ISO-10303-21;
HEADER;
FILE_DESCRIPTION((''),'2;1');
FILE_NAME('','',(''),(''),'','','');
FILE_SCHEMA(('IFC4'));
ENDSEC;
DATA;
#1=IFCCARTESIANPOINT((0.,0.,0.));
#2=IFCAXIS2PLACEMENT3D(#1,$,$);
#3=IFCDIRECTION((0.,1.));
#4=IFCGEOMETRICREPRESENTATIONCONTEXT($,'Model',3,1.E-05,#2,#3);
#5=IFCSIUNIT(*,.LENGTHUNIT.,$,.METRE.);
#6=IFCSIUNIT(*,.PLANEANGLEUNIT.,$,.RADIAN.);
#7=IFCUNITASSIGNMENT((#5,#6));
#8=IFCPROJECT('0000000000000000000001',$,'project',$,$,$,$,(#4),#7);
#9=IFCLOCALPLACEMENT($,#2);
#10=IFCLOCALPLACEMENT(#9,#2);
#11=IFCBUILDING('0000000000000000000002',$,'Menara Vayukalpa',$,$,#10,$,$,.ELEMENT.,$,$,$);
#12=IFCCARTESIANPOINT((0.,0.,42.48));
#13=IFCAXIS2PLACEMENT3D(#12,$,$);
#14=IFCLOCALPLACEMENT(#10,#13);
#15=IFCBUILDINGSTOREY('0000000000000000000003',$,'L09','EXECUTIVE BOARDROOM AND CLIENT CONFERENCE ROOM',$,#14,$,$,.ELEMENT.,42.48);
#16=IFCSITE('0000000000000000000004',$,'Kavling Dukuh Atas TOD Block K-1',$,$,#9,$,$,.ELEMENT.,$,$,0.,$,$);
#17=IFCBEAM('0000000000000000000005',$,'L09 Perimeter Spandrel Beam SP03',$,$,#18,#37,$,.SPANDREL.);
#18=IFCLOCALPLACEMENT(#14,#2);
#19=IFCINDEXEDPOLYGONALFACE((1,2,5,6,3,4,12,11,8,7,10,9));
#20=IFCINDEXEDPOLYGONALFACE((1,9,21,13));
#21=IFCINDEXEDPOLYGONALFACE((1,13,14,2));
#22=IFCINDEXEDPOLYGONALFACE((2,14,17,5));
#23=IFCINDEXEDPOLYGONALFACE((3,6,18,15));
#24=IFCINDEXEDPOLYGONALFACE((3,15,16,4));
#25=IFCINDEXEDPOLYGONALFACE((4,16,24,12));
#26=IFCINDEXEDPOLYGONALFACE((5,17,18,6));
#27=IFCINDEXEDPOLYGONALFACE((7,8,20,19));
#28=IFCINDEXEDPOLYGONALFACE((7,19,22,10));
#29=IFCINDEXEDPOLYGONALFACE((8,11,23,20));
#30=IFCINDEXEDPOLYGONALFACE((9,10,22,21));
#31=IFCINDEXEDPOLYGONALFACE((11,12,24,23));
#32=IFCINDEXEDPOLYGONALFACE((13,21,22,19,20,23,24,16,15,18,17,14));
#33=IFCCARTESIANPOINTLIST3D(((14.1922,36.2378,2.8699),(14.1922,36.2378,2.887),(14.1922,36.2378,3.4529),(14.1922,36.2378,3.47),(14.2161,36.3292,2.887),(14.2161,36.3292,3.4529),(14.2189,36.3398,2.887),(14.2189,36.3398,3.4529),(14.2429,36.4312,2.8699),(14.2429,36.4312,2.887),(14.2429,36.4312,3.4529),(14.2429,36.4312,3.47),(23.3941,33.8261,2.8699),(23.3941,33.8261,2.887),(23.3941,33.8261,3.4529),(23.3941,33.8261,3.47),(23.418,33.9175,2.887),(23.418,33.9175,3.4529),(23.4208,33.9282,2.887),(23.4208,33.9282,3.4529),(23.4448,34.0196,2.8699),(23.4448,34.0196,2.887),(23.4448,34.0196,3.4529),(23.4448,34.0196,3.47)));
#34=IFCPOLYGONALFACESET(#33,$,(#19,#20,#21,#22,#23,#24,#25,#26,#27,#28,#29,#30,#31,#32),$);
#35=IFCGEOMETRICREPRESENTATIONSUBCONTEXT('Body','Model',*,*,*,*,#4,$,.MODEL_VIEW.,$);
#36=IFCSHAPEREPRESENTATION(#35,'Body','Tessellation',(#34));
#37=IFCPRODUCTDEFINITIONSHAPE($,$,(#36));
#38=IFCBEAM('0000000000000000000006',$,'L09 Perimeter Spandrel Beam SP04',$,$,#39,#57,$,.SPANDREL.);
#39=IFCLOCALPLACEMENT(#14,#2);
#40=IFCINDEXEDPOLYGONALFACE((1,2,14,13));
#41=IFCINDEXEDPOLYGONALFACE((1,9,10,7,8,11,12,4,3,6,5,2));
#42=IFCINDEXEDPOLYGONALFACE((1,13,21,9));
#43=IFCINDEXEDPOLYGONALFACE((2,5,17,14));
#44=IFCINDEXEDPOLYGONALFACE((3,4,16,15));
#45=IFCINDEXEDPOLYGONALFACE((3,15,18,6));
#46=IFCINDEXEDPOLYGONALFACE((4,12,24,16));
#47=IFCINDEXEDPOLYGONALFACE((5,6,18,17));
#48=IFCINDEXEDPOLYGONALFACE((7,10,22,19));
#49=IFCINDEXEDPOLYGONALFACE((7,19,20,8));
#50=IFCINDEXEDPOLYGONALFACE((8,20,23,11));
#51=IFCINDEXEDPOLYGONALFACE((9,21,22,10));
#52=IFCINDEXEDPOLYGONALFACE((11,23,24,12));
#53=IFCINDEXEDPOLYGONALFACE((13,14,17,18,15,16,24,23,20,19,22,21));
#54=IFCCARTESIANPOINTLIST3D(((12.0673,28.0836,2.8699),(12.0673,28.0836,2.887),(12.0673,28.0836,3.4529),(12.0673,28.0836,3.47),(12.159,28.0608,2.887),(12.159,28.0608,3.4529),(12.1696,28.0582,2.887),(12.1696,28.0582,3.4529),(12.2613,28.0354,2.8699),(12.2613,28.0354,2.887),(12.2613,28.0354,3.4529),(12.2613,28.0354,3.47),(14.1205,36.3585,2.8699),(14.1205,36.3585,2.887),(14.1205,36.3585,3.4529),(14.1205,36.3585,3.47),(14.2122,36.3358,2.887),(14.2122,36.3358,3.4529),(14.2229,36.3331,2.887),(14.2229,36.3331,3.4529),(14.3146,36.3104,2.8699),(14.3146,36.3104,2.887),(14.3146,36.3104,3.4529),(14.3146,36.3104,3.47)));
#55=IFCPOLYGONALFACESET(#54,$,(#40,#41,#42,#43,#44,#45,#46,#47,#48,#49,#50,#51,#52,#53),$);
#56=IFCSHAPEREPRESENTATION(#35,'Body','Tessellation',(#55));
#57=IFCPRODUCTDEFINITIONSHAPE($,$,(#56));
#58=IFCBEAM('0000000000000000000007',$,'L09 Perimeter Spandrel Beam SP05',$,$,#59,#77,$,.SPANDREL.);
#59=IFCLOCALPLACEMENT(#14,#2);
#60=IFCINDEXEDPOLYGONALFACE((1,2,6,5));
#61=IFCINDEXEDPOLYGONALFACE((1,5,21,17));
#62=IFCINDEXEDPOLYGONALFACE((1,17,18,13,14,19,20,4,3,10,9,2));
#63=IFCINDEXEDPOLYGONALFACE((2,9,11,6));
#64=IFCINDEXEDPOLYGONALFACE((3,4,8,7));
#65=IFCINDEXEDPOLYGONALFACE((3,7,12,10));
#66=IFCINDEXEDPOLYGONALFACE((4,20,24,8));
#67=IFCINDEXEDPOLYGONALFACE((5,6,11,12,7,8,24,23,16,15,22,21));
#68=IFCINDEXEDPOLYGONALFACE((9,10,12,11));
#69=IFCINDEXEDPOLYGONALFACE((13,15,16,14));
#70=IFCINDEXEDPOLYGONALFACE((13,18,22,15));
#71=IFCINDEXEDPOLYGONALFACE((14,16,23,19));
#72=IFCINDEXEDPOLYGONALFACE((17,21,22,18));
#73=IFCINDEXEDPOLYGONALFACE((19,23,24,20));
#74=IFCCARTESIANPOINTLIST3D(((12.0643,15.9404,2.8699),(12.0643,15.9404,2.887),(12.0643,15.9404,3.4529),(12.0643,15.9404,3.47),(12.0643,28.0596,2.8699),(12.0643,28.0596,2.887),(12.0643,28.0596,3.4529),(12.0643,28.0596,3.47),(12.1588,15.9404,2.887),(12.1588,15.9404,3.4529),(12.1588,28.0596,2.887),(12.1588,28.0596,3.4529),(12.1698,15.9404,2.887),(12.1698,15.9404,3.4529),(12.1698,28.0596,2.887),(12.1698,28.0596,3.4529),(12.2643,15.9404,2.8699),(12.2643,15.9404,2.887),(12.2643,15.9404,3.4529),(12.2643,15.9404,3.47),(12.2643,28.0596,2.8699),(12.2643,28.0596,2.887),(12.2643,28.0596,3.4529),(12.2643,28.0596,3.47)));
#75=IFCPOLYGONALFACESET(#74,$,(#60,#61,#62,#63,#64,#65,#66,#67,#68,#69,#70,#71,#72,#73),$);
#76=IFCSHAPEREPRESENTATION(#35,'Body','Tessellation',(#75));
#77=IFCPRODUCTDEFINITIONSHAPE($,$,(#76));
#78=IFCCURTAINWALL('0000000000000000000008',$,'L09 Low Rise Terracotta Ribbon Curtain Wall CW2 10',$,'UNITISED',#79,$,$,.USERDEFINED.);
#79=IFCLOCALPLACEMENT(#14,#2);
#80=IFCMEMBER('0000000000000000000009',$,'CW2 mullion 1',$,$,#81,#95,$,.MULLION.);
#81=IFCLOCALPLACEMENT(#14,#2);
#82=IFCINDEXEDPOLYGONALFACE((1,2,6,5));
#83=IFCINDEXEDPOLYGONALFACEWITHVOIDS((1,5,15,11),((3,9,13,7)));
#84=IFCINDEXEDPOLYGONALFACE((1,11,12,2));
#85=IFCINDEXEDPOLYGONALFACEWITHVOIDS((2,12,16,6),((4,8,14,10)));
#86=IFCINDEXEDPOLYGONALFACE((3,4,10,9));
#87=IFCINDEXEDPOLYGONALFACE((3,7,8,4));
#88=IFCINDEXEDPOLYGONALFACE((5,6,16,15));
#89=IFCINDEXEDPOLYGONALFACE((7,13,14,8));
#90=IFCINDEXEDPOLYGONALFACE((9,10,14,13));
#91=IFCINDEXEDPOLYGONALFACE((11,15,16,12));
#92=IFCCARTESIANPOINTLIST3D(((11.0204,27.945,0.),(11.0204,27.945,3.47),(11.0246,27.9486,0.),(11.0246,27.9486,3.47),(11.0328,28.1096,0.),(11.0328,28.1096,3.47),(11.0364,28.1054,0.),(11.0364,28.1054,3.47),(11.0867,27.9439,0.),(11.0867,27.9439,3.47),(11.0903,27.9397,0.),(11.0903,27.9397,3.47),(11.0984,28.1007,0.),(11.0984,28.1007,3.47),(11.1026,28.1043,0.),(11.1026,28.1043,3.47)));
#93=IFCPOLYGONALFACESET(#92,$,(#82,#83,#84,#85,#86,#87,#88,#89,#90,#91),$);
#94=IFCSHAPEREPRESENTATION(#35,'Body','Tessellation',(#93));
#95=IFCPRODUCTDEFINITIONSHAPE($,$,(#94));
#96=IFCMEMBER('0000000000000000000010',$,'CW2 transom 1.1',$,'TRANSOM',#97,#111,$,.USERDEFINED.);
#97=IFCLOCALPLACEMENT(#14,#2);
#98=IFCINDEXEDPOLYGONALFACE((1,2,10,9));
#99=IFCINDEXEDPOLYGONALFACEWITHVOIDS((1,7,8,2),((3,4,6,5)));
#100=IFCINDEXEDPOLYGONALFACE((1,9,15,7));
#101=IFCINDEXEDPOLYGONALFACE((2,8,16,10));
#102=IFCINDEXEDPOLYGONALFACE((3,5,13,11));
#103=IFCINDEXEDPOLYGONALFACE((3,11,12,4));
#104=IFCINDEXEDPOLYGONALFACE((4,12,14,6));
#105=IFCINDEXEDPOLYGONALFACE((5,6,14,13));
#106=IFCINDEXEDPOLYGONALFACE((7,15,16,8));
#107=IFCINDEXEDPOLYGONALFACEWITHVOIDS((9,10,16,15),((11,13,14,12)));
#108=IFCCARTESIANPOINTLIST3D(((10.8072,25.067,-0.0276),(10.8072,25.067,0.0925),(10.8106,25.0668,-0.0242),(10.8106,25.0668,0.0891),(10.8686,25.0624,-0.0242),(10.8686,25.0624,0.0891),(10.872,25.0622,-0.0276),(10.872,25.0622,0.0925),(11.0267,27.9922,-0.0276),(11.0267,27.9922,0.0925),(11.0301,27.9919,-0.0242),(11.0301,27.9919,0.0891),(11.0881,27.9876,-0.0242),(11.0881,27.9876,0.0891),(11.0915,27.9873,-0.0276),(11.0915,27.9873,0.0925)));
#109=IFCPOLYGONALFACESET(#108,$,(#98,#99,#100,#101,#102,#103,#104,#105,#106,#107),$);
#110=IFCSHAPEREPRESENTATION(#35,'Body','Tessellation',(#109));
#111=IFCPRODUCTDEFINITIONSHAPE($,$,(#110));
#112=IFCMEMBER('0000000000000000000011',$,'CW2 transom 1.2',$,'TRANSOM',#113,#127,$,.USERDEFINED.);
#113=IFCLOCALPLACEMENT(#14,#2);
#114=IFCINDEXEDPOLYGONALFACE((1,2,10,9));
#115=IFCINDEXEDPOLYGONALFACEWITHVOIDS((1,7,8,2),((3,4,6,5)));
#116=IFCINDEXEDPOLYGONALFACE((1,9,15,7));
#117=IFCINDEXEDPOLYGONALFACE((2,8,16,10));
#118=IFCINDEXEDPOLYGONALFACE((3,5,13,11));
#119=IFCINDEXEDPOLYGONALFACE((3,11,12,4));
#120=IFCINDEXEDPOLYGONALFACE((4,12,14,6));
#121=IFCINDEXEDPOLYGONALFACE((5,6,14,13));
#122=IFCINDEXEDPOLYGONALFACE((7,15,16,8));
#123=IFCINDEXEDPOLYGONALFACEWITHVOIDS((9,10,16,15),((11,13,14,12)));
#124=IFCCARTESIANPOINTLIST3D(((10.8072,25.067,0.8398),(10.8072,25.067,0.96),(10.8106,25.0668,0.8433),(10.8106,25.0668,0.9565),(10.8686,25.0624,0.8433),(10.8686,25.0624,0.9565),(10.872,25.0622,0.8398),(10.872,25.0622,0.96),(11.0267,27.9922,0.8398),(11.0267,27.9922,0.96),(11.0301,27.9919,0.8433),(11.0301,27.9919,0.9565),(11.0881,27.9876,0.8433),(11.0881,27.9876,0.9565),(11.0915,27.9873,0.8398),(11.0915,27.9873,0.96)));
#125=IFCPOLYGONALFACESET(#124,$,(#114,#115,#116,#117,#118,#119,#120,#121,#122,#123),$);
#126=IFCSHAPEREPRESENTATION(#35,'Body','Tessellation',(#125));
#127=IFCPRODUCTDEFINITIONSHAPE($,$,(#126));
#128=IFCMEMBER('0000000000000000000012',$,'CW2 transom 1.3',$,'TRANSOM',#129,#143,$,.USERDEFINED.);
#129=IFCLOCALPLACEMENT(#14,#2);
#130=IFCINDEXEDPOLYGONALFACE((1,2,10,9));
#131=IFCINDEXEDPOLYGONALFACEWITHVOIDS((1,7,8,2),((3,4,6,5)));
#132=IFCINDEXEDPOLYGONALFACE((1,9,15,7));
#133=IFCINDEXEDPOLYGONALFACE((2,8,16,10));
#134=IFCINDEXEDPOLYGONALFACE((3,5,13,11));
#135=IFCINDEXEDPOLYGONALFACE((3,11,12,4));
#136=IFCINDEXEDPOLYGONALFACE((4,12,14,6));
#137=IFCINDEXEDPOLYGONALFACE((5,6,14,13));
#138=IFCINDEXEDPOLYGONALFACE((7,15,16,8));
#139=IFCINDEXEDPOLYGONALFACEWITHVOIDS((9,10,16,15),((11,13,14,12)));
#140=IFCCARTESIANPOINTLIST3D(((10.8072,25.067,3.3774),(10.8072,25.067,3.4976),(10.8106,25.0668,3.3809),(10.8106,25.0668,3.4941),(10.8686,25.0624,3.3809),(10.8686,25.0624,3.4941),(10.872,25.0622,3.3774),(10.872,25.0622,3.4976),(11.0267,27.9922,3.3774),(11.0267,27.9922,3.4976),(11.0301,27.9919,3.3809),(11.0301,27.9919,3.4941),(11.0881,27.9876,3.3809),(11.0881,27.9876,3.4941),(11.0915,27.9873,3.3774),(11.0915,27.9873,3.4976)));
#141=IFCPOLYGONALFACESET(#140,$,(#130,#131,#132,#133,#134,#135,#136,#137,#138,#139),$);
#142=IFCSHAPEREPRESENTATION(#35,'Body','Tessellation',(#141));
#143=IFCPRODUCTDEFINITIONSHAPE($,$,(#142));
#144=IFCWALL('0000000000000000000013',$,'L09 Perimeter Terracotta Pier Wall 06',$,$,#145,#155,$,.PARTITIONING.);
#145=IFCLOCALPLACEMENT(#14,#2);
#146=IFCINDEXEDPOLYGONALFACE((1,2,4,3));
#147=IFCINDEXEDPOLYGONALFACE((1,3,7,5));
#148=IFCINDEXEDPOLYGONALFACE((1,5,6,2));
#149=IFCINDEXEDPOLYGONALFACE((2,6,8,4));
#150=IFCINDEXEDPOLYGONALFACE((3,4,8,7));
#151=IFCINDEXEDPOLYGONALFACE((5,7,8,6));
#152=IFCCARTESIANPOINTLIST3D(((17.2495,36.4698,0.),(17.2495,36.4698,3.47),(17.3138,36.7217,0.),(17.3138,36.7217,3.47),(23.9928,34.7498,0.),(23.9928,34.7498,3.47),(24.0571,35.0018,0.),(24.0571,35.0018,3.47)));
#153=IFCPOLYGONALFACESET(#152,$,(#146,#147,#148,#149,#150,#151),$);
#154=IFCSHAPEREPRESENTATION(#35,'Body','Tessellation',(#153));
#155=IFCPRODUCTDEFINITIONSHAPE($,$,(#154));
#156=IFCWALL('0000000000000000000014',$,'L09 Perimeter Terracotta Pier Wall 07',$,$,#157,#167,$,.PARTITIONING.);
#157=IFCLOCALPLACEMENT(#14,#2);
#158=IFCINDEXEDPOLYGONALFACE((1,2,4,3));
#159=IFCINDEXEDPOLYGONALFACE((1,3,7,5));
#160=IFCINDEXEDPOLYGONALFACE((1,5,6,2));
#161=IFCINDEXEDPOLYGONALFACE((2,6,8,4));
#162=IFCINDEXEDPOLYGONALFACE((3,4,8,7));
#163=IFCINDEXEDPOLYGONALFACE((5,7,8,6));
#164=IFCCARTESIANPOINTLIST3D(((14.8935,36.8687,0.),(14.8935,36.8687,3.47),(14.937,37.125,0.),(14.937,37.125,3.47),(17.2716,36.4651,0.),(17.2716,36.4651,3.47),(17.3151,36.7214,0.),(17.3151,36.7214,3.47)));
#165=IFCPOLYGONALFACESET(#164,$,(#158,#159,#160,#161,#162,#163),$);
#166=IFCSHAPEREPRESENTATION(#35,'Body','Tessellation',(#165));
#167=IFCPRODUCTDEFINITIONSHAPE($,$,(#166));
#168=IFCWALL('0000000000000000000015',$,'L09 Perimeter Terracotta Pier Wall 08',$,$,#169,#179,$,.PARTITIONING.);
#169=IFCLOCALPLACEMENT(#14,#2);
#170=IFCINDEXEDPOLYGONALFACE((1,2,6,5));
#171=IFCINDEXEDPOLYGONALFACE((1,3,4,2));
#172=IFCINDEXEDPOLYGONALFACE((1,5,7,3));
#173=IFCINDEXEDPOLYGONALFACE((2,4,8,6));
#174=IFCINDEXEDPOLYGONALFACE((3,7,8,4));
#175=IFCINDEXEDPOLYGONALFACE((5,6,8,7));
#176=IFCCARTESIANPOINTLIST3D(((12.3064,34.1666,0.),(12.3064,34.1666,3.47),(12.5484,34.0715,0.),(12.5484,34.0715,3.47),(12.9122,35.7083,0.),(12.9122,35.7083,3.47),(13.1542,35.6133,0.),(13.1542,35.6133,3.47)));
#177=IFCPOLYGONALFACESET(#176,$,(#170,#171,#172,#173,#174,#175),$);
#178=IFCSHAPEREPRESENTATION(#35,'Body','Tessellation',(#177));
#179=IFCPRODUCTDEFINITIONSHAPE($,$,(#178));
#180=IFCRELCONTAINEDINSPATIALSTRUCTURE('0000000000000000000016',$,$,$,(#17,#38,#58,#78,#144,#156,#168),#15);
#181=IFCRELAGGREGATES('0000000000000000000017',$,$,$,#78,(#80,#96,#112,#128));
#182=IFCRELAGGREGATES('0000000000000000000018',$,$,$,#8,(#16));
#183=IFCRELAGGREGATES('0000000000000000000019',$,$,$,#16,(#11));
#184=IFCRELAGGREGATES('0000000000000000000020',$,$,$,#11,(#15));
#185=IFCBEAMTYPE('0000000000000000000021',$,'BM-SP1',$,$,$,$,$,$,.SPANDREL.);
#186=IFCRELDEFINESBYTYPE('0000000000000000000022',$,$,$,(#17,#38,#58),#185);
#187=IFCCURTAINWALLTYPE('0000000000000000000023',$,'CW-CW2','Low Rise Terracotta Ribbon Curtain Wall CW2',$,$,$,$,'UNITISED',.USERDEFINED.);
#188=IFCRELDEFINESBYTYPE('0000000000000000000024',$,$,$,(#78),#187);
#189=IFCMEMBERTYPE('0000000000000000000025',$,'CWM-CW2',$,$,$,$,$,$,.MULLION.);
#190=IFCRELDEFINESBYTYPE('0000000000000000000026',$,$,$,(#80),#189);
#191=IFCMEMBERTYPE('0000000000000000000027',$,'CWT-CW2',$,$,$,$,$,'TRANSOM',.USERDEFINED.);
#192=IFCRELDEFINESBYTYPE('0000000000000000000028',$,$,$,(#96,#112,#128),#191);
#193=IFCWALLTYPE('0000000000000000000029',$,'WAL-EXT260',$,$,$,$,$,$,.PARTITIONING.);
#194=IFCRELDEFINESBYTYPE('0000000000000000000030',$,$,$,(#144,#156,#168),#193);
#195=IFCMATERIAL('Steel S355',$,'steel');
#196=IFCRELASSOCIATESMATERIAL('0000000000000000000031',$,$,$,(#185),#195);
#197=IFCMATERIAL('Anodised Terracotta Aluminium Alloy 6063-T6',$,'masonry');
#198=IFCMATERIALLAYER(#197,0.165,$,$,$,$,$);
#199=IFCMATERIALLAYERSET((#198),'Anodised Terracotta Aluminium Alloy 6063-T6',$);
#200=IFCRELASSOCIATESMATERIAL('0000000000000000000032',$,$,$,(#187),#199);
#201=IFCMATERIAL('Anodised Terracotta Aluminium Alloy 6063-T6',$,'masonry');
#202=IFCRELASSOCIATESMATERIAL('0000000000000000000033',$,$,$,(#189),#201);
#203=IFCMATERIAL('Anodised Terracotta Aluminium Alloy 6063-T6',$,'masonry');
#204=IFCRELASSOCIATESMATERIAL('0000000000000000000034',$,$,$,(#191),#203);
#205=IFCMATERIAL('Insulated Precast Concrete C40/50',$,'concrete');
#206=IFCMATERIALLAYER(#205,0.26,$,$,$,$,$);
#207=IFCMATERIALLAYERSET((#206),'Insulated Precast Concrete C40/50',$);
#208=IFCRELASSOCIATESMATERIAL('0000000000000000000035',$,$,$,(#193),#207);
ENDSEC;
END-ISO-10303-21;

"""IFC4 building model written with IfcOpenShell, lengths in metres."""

from ifc_helpers import new_model, si_unit, direction, frame, frame_2d, origin, origin_2d, place, context, subcontext, project, spatial, rectangle, hollow_rectangle, i_section, extrude, material, layer, layer_set, material_profile, profile_set, type_object, element, aggregate, save


model = new_model("IFC4")

# Units and contexts
model_context = context("Model", 3, precision=1e-05, world=origin(), true_north=direction((0.0, 1.0)))
body_context = subcontext(model_context, "Body", "Model", "MODEL_VIEW")
ifc_project = project(units=[si_unit("LENGTHUNIT", "METRE"), si_unit("PLANEANGLEUNIT", "RADIAN")], contexts=[model_context])

# Site, building, storey
site_placement = place(None, origin())
site = spatial("IfcSite", under=ifc_project, at=site_placement, Name="Kavling Dukuh Atas TOD Block K-1", CompositionType="ELEMENT", RefElevation=0.0)
building_placement = place(site_placement, origin())
building = spatial("IfcBuilding", under=site, at=building_placement, Name="Menara Vayukalpa", CompositionType="ELEMENT")
storey_placement = place(building_placement, frame((0.0, 0.0, 42.48)))
storey = spatial("IfcBuildingStorey", under=building, at=storey_placement, Name="L09", Description="EXECUTIVE BOARDROOM AND CLIENT CONFERENCE ROOM", CompositionType="ELEMENT", Elevation=42.48)

# Beams
ifc_material_1 = material(Name="Steel S355", Category="steel")
ifc_material_profile_1 = material_profile(ifc_material_1, i_section(OverallWidth=0.2, OverallDepth=0.6001, WebThickness=0.011, FlangeThickness=0.0171, at=origin_2d()), Name="WF 600x200x11x17")
ifc_profile_set_1 = profile_set([ifc_material_profile_1], Name="Steel S355")
beam_type_1 = type_object("IfcBeamType", Name="BM-SP1", PredefinedType="SPANDREL", material=ifc_profile_set_1)
beam_1_placement = place(storey_placement, frame((23.4194, 33.9229, 3.1699), z_axis=(-0.967331, 0.253517, 0.0), x_axis=(-0.253517, -0.967331, 0.0)))
element("IfcBeam", 1, at=beam_1_placement, inside=storey, type_object=beam_type_1, Name="L09 Perimeter Spandrel Beam SP03", PredefinedType="SPANDREL", context=body_context, shape_type="SweptSolid", body=[
    extrude(i_section(OverallWidth=0.2, OverallDepth=0.6001, WebThickness=0.011, FlangeThickness=0.0171, at=origin_2d()), origin(), (0.0, 0.0, 1.0), 9.5127),
])
beam_2_placement = place(storey_placement, frame((14.2175, 36.3345, 3.1699), z_axis=(-0.240824, -0.970569, 0.0), x_axis=(0.970569, -0.240824, 0.0)))
element("IfcBeam", 2, at=beam_2_placement, inside=storey, type_object=beam_type_1, Name="L09 Perimeter Spandrel Beam SP04", PredefinedType="SPANDREL", context=body_context, shape_type="SweptSolid", body=[
    extrude(i_section(OverallWidth=0.2, OverallDepth=0.6001, WebThickness=0.011, FlangeThickness=0.0171, at=origin_2d()), origin(), (0.0, 0.0, 1.0), 8.5259),
])
beam_3_placement = place(storey_placement, frame((12.1643, 28.0596, 3.1699), z_axis=(0.0, -1.0, 0.0), x_axis=(1.0, 0.0, 0.0)))
element("IfcBeam", 3, at=beam_3_placement, inside=storey, type_object=beam_type_1, Name="L09 Perimeter Spandrel Beam SP05", PredefinedType="SPANDREL", context=body_context, shape_type="SweptSolid", body=[
    extrude(i_section(OverallWidth=0.2, OverallDepth=0.6001, WebThickness=0.011, FlangeThickness=0.0171, at=origin_2d()), origin(), (0.0, 0.0, 1.0), 12.1191),
])

# Curtain wall, members
ifc_material_2 = material(Name="Anodised Terracotta Aluminium Alloy 6063-T6", Category="masonry")
ifc_layer_1 = layer(ifc_material_2, 0.165)
ifc_layer_set_1 = layer_set([ifc_layer_1], Name="Anodised Terracotta Aluminium Alloy 6063-T6")
curtain_wall_type = type_object("IfcCurtainWallType", Name="CW-CW2", Description="Low Rise Terracotta Ribbon Curtain Wall CW2", ElementType="UNITISED", PredefinedType="USERDEFINED", material=ifc_layer_set_1)
curtain_wall_placement = place(storey_placement, origin())
curtain_wall = element("IfcCurtainWall", 4, at=curtain_wall_placement, inside=storey, type_object=curtain_wall_type, Name="L09 Low Rise Terracotta Ribbon Curtain Wall CW2 10", ObjectType="UNITISED", PredefinedType="USERDEFINED")
ifc_material_3 = material(Name="Anodised Terracotta Aluminium Alloy 6063-T6", Category="masonry")
ifc_material_profile_2 = material_profile(ifc_material_3, hollow_rectangle(XDim=0.0701, YDim=0.165, WallThickness=0.0039, at=origin_2d()), Name="ALU 70x165x4")
ifc_profile_set_2 = profile_set([ifc_material_profile_2], Name="Anodised Terracotta Aluminium Alloy 6063-T6")
member_type_1 = type_object("IfcMemberType", Name="CWM-CW2", PredefinedType="MULLION", material=ifc_profile_set_2)
member_1_placement = place(storey_placement, frame((11.0615, 28.0247, 0.0), z_axis=(0.0, 0.0, 1.0), x_axis=(0.997199, -0.074795, 0.0)))
member_1 = element("IfcMember", 5, at=member_1_placement, type_object=member_type_1, Name="CW2 mullion 1", PredefinedType="MULLION", context=body_context, shape_type="SweptSolid", body=[
    extrude(hollow_rectangle(XDim=0.0701, YDim=0.165, WallThickness=0.0039, at=origin_2d()), origin(), (0.0, 0.0, 1.0), 3.47),
])
ifc_material_4 = material(Name="Anodised Terracotta Aluminium Alloy 6063-T6", Category="masonry")
ifc_material_profile_3 = material_profile(ifc_material_4, hollow_rectangle(XDim=0.0649, YDim=0.1201, WallThickness=0.0034, at=origin_2d()), Name="ALU 65x120x3.5")
ifc_profile_set_3 = profile_set([ifc_material_profile_3], Name="Anodised Terracotta Aluminium Alloy 6063-T6")
member_type_2 = type_object("IfcMemberType", Name="CWT-CW2", ElementType="TRANSOM", PredefinedType="USERDEFINED", material=ifc_profile_set_3)
member_2_placement = place(storey_placement, frame((11.0591, 27.9897, 0.0325), z_axis=(-0.074825, -0.997197, 0.0), x_axis=(0.997197, -0.074825, 0.0)))
member_2 = element("IfcMember", 6, at=member_2_placement, type_object=member_type_2, Name="CW2 transom 1.1", ObjectType="TRANSOM", PredefinedType="USERDEFINED", context=body_context, shape_type="SweptSolid", body=[
    extrude(hollow_rectangle(XDim=0.0649, YDim=0.1201, WallThickness=0.0034, at=origin_2d()), origin(), (0.0, 0.0, 1.0), 2.9333),
])
member_3_placement = place(storey_placement, frame((11.0591, 27.9897, 0.8999), z_axis=(-0.074825, -0.997197, 0.0), x_axis=(0.997197, -0.074825, 0.0)))
member_3 = element("IfcMember", 7, at=member_3_placement, type_object=member_type_2, Name="CW2 transom 1.2", ObjectType="TRANSOM", PredefinedType="USERDEFINED", context=body_context, shape_type="SweptSolid", body=[
    extrude(hollow_rectangle(XDim=0.0649, YDim=0.1201, WallThickness=0.0034, at=origin_2d()), origin(), (0.0, 0.0, 1.0), 2.9333),
])
member_4_placement = place(storey_placement, frame((11.0591, 27.9897, 3.4375), z_axis=(-0.074825, -0.997197, 0.0), x_axis=(0.997197, -0.074825, 0.0)))
member_4 = element("IfcMember", 8, at=member_4_placement, type_object=member_type_2, Name="CW2 transom 1.3", ObjectType="TRANSOM", PredefinedType="USERDEFINED", context=body_context, shape_type="SweptSolid", body=[
    extrude(hollow_rectangle(XDim=0.0649, YDim=0.1201, WallThickness=0.0034, at=origin_2d()), origin(), (0.0, 0.0, 1.0), 2.9333),
])
aggregate(curtain_wall, [member_1, member_2, member_3, member_4])

# Walls
ifc_material_5 = material(Name="Insulated Precast Concrete C40/50", Category="concrete")
ifc_layer_2 = layer(ifc_material_5, 0.26)
ifc_layer_set_2 = layer_set([ifc_layer_2], Name="Insulated Precast Concrete C40/50")
wall_type_1 = type_object("IfcWallType", Name="WAL-EXT260", PredefinedType="PARTITIONING", material=ifc_layer_set_2)
wall_1_placement = place(storey_placement, frame((17.2817, 36.5957, 0.0), z_axis=(0.0, 0.0, 1.0), x_axis=(0.968978, -0.247147, 0.0)))
element("IfcWall", 9, at=wall_1_placement, inside=storey, type_object=wall_type_1, Name="L09 Perimeter Terracotta Pier Wall 06", PredefinedType="PARTITIONING", context=body_context, shape_type="SweptSolid", body=[
    extrude(rectangle(XDim=6.9592, YDim=0.26, at=frame_2d((3.4795, 0.0))), origin(), (0.0, 0.0, 1.0), 3.47),
])
wall_2_placement = place(storey_placement, frame((14.9153, 36.9968, 0.0), z_axis=(0.0, 0.0, 1.0), x_axis=(0.985905, -0.167303, 0.0)))
element("IfcWall", 10, at=wall_2_placement, inside=storey, type_object=wall_type_1, Name="L09 Perimeter Terracotta Pier Wall 07", PredefinedType="PARTITIONING", context=body_context, shape_type="SweptSolid", body=[
    extrude(rectangle(XDim=2.4121, YDim=0.26, at=frame_2d((1.2061, 0.0))), origin(), (0.0, 0.0, 1.0), 3.47),
])
wall_3_placement = place(storey_placement, frame((12.4275, 34.1191, 0.0), z_axis=(0.0, 0.0, 1.0), x_axis=(0.365666, 0.930746, 0.0)))
element("IfcWall", 11, at=wall_3_placement, inside=storey, type_object=wall_type_1, Name="L09 Perimeter Terracotta Pier Wall 08", PredefinedType="PARTITIONING", context=body_context, shape_type="SweptSolid", body=[
    extrude(rectangle(XDim=1.6565, YDim=0.26, at=frame_2d((0.8281, 0.0))), origin(), (0.0, 0.0, 1.0), 3.47),
])

save(model, "model.ifc")
